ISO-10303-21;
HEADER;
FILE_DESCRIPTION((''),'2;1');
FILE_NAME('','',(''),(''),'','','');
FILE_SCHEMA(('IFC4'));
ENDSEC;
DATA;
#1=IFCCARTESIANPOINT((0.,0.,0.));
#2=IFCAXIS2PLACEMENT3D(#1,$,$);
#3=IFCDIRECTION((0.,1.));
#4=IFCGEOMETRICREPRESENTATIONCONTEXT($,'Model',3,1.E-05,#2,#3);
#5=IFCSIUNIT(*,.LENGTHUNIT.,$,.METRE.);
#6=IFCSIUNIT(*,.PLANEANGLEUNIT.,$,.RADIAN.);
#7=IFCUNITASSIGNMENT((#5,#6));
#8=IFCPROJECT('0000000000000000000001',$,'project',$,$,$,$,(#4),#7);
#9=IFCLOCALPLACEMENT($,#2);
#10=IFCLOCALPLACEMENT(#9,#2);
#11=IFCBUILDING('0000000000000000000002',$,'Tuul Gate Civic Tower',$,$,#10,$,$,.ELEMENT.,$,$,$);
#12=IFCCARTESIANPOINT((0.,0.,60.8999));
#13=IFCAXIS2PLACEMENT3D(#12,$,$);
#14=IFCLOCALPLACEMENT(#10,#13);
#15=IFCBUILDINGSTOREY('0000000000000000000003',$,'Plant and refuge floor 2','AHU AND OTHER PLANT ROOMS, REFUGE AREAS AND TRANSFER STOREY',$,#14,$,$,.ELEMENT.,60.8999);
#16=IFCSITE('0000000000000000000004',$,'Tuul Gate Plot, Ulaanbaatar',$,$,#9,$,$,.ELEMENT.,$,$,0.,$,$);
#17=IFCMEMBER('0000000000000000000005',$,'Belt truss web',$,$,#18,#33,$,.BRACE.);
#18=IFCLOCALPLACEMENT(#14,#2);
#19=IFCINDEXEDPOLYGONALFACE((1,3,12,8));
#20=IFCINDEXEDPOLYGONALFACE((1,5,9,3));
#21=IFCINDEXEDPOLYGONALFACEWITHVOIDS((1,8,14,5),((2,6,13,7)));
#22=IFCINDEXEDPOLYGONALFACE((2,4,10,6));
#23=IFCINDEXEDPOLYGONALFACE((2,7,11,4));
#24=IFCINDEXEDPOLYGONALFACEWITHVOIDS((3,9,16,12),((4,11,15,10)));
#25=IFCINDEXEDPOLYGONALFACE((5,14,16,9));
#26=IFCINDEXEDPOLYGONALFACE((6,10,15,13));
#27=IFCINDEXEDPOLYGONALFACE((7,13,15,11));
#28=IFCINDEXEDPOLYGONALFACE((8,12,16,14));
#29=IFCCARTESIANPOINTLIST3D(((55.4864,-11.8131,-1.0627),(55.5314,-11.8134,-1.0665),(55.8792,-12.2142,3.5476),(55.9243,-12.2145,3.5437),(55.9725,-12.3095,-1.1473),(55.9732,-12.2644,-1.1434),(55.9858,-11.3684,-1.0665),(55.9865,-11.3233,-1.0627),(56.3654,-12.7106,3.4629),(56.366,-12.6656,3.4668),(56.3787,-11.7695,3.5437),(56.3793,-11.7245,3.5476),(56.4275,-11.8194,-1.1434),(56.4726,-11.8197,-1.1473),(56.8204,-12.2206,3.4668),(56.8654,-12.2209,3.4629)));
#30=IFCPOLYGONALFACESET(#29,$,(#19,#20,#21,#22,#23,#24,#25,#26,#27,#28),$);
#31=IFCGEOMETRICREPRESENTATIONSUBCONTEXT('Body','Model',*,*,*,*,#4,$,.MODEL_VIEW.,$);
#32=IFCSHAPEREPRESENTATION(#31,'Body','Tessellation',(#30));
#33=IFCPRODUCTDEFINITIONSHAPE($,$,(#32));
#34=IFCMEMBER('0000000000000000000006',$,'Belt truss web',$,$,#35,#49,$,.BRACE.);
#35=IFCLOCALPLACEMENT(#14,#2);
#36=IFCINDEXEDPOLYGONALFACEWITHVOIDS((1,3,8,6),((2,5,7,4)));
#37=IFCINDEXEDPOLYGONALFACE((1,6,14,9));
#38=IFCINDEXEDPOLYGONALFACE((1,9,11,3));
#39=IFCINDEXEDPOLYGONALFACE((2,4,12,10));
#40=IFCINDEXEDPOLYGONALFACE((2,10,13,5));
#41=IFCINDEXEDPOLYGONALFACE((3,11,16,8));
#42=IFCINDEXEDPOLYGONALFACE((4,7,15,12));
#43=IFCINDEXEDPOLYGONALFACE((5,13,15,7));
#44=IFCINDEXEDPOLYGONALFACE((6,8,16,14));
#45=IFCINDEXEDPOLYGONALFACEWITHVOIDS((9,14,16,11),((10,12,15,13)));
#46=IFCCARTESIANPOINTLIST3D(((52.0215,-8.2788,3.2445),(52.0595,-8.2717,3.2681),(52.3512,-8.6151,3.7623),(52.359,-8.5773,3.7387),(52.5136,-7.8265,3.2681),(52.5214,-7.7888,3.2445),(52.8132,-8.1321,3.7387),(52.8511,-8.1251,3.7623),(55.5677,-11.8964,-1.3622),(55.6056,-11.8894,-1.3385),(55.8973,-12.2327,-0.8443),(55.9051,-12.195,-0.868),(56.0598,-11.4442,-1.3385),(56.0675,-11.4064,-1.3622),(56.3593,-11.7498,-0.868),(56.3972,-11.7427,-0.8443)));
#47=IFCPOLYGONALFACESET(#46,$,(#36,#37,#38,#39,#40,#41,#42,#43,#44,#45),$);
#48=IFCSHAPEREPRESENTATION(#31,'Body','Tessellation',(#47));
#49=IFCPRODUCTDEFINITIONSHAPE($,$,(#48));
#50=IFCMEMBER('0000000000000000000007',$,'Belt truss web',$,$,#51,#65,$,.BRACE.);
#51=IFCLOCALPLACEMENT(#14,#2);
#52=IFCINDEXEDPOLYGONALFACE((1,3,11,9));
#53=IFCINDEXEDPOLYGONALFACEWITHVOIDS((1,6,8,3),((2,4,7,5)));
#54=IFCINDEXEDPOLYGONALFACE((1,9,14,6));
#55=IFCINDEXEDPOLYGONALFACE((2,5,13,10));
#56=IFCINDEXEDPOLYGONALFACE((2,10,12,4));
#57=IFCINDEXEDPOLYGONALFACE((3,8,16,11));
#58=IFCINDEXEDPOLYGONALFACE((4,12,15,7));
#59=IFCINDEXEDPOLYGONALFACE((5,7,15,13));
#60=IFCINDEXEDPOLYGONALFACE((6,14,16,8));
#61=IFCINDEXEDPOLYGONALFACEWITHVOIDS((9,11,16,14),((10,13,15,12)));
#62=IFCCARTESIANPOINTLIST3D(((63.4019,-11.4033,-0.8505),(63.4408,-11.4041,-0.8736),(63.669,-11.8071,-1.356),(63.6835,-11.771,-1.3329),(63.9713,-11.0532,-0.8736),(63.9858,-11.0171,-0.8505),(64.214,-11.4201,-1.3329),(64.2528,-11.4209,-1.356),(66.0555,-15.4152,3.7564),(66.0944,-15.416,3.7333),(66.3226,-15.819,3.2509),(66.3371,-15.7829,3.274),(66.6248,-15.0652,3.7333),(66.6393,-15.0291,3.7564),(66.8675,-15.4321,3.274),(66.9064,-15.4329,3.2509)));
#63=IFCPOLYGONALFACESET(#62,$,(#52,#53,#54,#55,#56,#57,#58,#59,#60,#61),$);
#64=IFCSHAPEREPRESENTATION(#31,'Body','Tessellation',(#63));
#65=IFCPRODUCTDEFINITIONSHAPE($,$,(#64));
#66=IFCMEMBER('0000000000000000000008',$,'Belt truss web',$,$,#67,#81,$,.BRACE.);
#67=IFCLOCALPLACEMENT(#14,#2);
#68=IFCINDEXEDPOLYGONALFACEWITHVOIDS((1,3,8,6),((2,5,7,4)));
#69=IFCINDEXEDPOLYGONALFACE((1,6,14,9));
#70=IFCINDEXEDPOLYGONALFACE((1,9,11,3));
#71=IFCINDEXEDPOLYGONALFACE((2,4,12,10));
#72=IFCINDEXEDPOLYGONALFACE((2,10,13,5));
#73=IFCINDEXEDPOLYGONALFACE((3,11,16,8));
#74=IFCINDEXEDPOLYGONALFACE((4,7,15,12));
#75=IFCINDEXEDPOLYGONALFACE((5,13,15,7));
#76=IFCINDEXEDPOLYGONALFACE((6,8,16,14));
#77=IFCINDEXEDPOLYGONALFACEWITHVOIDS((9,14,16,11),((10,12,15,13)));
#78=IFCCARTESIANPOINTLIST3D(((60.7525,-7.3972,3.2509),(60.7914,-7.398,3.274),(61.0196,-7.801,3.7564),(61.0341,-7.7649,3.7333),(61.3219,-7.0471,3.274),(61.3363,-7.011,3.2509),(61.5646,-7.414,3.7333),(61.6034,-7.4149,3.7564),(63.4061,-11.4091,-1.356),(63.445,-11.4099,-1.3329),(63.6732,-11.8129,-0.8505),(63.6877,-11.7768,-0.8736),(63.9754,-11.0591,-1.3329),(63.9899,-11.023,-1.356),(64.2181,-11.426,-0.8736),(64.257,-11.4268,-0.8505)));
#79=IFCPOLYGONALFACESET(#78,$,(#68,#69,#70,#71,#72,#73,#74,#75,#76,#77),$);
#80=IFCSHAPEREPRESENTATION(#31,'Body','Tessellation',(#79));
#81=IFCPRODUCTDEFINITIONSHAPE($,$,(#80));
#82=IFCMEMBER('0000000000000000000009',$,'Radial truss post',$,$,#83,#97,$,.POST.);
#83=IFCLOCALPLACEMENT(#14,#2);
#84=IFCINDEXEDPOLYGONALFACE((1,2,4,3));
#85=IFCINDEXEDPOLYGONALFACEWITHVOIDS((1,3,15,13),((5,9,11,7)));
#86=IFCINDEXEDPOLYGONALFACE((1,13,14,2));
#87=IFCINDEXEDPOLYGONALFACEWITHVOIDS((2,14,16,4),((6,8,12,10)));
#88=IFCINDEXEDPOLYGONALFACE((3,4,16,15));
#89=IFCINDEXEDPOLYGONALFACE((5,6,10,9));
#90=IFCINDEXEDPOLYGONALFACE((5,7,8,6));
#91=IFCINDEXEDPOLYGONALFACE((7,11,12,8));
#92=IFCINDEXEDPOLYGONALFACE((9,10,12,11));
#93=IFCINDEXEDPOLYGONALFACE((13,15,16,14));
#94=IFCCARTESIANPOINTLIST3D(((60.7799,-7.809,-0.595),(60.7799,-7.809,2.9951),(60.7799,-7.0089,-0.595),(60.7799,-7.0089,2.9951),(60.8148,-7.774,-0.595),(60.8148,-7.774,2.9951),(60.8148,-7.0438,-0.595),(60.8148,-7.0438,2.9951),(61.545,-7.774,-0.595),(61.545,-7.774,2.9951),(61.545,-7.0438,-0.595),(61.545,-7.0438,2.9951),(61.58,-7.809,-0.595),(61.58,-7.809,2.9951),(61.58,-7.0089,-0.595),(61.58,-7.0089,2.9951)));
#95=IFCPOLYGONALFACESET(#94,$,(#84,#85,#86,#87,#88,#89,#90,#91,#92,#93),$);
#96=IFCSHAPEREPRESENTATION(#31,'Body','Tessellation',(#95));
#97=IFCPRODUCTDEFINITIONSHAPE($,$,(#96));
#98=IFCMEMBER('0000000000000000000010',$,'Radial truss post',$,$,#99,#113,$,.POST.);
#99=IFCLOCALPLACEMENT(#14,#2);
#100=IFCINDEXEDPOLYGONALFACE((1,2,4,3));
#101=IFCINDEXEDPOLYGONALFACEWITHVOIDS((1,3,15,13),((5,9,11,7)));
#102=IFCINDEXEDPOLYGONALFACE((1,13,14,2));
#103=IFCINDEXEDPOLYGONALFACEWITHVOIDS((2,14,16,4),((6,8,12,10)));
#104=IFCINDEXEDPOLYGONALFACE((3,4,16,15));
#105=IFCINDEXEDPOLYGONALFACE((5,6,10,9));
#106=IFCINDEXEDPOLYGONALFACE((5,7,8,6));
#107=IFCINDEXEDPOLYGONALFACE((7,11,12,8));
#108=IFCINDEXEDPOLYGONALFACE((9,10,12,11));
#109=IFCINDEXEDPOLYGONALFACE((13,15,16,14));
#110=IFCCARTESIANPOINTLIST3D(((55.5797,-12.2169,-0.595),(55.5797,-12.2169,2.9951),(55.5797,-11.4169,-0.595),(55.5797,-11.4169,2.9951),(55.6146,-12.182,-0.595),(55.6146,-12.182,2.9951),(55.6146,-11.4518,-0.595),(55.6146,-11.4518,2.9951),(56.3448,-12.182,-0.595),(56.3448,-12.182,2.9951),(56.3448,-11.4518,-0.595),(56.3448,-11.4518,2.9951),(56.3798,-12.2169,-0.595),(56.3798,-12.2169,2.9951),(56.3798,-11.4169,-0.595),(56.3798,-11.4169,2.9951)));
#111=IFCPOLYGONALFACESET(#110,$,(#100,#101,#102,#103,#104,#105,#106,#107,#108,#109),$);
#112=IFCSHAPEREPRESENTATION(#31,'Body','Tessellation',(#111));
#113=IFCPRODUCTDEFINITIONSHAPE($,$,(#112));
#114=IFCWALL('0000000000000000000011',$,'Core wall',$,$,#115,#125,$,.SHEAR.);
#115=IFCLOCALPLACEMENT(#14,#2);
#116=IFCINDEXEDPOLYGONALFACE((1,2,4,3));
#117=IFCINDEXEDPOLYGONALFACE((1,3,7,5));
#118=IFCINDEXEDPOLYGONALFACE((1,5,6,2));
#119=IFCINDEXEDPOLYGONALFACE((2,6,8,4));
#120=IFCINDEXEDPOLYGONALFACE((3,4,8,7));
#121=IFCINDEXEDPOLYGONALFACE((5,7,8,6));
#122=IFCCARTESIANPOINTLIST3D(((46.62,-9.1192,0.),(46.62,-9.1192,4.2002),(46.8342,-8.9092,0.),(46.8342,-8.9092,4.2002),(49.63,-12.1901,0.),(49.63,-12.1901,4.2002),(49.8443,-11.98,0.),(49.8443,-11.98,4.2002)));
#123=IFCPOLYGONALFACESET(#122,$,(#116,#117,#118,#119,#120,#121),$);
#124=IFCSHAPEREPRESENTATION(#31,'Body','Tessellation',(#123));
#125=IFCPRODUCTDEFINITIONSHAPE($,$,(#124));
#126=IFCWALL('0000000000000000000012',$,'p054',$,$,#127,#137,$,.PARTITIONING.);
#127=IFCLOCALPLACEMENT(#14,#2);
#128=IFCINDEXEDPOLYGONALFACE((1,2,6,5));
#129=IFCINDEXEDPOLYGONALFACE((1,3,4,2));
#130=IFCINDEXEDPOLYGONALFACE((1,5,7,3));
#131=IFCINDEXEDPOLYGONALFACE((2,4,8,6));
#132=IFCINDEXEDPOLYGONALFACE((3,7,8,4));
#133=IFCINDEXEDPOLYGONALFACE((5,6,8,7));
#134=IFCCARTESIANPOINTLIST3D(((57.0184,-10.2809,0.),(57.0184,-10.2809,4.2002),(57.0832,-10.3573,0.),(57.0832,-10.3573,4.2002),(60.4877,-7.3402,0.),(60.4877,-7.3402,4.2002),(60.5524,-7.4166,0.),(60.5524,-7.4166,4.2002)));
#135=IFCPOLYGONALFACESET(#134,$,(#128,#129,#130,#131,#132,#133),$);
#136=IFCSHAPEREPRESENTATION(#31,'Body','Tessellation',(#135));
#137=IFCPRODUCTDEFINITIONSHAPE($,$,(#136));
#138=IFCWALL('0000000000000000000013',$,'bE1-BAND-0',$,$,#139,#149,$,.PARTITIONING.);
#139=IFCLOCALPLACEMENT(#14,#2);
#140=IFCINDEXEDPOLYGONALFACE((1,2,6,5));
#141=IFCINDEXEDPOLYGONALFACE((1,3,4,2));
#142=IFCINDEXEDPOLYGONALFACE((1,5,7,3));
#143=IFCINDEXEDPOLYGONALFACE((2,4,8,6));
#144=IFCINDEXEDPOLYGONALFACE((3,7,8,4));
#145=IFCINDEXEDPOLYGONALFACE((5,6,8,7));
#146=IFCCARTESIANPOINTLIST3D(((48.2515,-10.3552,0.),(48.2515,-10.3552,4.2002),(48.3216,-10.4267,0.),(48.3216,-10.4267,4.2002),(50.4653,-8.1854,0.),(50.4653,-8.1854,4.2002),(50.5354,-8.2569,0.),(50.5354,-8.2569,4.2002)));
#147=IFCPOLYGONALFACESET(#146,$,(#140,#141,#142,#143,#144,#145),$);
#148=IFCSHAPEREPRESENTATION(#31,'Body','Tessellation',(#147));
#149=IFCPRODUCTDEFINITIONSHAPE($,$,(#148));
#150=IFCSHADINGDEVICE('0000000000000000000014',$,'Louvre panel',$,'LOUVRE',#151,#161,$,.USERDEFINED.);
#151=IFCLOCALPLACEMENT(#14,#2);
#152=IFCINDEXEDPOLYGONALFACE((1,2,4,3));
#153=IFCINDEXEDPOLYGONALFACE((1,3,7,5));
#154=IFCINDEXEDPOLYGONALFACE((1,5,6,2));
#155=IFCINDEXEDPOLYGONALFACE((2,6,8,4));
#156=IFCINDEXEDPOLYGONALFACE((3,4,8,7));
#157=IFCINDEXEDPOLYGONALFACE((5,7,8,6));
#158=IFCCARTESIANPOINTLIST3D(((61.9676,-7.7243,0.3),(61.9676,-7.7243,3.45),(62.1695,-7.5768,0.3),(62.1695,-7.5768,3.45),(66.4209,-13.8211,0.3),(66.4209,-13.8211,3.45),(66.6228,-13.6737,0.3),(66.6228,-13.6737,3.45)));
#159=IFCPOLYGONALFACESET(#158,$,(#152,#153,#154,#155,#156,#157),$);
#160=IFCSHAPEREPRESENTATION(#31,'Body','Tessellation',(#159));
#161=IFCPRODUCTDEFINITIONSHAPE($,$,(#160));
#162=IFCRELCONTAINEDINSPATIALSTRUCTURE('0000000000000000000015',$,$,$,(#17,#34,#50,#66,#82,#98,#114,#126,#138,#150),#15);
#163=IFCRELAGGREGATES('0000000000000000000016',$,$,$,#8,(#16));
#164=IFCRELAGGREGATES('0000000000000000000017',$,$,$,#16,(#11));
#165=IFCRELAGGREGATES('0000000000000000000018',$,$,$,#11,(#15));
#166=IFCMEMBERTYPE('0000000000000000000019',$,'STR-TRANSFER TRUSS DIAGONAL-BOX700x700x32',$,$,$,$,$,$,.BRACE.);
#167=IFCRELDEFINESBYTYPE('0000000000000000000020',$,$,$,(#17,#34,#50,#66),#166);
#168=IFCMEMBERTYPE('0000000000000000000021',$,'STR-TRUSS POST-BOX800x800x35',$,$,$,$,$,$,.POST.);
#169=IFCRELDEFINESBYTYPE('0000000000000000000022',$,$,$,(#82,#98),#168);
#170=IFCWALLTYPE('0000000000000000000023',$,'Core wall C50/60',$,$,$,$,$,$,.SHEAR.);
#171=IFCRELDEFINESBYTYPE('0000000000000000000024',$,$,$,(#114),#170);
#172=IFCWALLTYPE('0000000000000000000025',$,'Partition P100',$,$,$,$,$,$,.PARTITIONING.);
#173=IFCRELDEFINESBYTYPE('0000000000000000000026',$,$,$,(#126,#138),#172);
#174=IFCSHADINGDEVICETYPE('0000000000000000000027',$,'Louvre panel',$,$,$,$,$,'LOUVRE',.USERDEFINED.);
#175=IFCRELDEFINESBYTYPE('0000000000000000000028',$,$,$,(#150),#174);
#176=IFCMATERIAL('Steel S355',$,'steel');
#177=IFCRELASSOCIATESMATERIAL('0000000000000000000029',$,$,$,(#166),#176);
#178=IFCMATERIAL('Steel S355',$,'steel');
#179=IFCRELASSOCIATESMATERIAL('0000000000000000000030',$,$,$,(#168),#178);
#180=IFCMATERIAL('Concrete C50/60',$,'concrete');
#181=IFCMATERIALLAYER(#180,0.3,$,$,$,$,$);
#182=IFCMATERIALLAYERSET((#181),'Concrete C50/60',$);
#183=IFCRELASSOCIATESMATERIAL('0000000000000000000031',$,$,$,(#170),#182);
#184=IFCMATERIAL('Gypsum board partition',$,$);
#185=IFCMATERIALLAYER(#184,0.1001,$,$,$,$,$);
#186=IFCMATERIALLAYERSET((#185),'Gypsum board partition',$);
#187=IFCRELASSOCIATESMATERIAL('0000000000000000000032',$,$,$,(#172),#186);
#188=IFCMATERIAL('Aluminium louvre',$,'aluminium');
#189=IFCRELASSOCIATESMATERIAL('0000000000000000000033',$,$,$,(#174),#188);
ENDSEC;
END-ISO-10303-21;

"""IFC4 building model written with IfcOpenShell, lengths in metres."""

from ifc_helpers import new_model, si_unit, direction, frame, frame_2d, origin, origin_2d, place, context, subcontext, project, spatial, rectangle, hollow_rectangle, extrude, material, layer, layer_set, material_profile, profile_set, type_object, element, save


model = new_model("IFC4")

# Units and contexts
model_context = context("Model", 3, precision=1e-05, world=origin(), true_north=direction((0.0, 1.0)))
body_context = subcontext(model_context, "Body", "Model", "MODEL_VIEW")
ifc_project = project(units=[si_unit("LENGTHUNIT", "METRE"), si_unit("PLANEANGLEUNIT", "RADIAN")], contexts=[model_context])

# Site, building, storey
site_placement = place(None, origin())
site = spatial("IfcSite", under=ifc_project, at=site_placement, Name="Tuul Gate Plot, Ulaanbaatar", CompositionType="ELEMENT", RefElevation=0.0)
building_placement = place(site_placement, origin())
building = spatial("IfcBuilding", under=site, at=building_placement, Name="Tuul Gate Civic Tower", CompositionType="ELEMENT")
storey_placement = place(building_placement, frame((0.0, 0.0, 60.8999)))
storey = spatial("IfcBuildingStorey", under=building, at=storey_placement, Name="Plant and refuge floor 2", Description="AHU AND OTHER PLANT ROOMS, REFUGE AREAS AND TRANSFER STOREY", CompositionType="ELEMENT", Elevation=60.8999)

# Members
ifc_material_1 = material(Name="Steel S355", Category="steel")
ifc_material_profile_1 = material_profile(ifc_material_1, hollow_rectangle(XDim=0.7, YDim=0.7, WallThickness=0.032, at=origin_2d()), Name="BOX700x700x32")
ifc_profile_set_1 = profile_set([ifc_material_profile_1], Name="Steel S355")
member_type_1 = type_object("IfcMemberType", Name="STR-TRANSFER TRUSS DIAGONAL-BOX700x700x32", PredefinedType="BRACE", material=ifc_profile_set_1)
member_1_placement = place(storey_placement, frame((55.9795, -11.8164, -1.105), z_axis=(0.084584, -0.086371, 0.992666), x_axis=(0.714461, 0.699676, 0.0)))
element("IfcMember", 1, at=member_1_placement, inside=storey, type_object=member_type_1, Name="Belt truss web", PredefinedType="BRACE", context=body_context, shape_type="SweptSolid", body=[
    extrude(hollow_rectangle(XDim=0.7, YDim=0.7, WallThickness=0.032, at=origin_2d()), origin(), (0.0, 0.0, 1.0), 4.6443),
])
member_2_placement = place(storey_placement, frame((55.9824, -11.8196, -1.1033), z_axis=(-0.517896, 0.528343, 0.672783), x_axis=(-0.714132, -0.700011, 0.0)))
element("IfcMember", 2, at=member_2_placement, inside=storey, type_object=member_type_1, Name="Belt truss web", PredefinedType="BRACE", context=body_context, shape_type="SweptSolid", body=[
    extrude(hollow_rectangle(XDim=0.7, YDim=0.7, WallThickness=0.032, at=origin_2d()), origin(), (0.0, 0.0, 1.0), 6.8472),
])
for number, where, z_axis, x_axis, name in (
    (3, (63.8274, -11.4121, -1.1033), (0.398408, -0.60236, 0.691689), (0.834067, 0.551663, 0.0), "Belt truss web"),
    (4, (63.8315, -11.418, -1.1033), (-0.398408, 0.60236, 0.691689), (-0.834067, -0.551663, 0.0), "Belt truss web"),
):
    element("IfcMember", number, at=place(storey_placement, frame(where, z_axis=z_axis, x_axis=x_axis)), inside=storey, type_object=member_type_1, Name=name, PredefinedType="BRACE", context=body_context, shape_type="SweptSolid", body=[
        extrude(hollow_rectangle(XDim=0.7, YDim=0.7, WallThickness=0.032, at=origin_2d()), origin(), (0.0, 0.0, 1.0), 6.6604),
    ])
ifc_material_2 = material(Name="Steel S355", Category="steel")
ifc_material_profile_2 = material_profile(ifc_material_2, hollow_rectangle(XDim=0.8, YDim=0.8, WallThickness=0.0349, at=origin_2d()), Name="BOX800x800x35")
ifc_profile_set_2 = profile_set([ifc_material_profile_2], Name="Steel S355")
member_type_2 = type_object("IfcMemberType", Name="STR-TRUSS POST-BOX800x800x35", PredefinedType="POST", material=ifc_profile_set_2)
for number, where, z_axis, x_axis, name in (
    (5, (61.1799, -7.4089, -0.595), (0.0, 0.0, 1.0), (1.0, 0.0, 0.0), "Radial truss post"),
    (6, (55.9797, -11.8169, -0.595), (0.0, 0.0, 1.0), (1.0, 0.0, 0.0), "Radial truss post"),
):
    element("IfcMember", number, at=place(storey_placement, frame(where, z_axis=z_axis, x_axis=x_axis)), inside=storey, type_object=member_type_2, Name=name, PredefinedType="POST", context=body_context, shape_type="SweptSolid", body=[
        extrude(hollow_rectangle(XDim=0.8, YDim=0.8, WallThickness=0.0349, at=origin_2d()), origin(), (0.0, 0.0, 1.0), 3.5901),
    ])

# Walls
ifc_material_3 = material(Name="Concrete C50/60", Category="concrete")
ifc_layer_1 = layer(ifc_material_3, 0.3)
ifc_layer_set_1 = layer_set([ifc_layer_1], Name="Concrete C50/60")
wall_type_1 = type_object("IfcWallType", Name="Core wall C50/60", PredefinedType="SHEAR", material=ifc_layer_set_1)
wall_1_placement = place(storey_placement, frame((49.7371, -12.085, 0.0), z_axis=(0.0, 0.0, 1.0), x_axis=(-0.700003, 0.71414, 0.0)))
element("IfcWall", 7, at=wall_1_placement, inside=storey, type_object=wall_type_1, Name="Core wall", PredefinedType="SHEAR", context=body_context, shape_type="SweptSolid", body=[
    extrude(rectangle(XDim=4.3, YDim=0.3, at=frame_2d((2.1499, 0.0))), origin(), (0.0, 0.0, 1.0), 4.2002),
])
ifc_material_4 = material(Name="Gypsum board partition")
ifc_layer_2 = layer(ifc_material_4, 0.1001)
ifc_layer_set_2 = layer_set([ifc_layer_2], Name="Gypsum board partition")
wall_type_2 = type_object("IfcWallType", Name="Partition P100", PredefinedType="PARTITIONING", material=ifc_layer_set_2)
wall_2_placement = place(storey_placement, frame((60.52, -7.3784, 0.0), z_axis=(0.0, 0.0, 1.0), x_axis=(-0.762826, -0.646604, 0.0)))
element("IfcWall", 8, at=wall_2_placement, inside=storey, type_object=wall_type_2, Name="p054", PredefinedType="PARTITIONING", context=body_context, shape_type="SweptSolid", body=[
    extrude(rectangle(XDim=4.5479, YDim=0.1001, at=frame_2d((2.2739, 0.0))), origin(), (0.0, 0.0, 1.0), 4.2002),
])
wall_3_placement = place(storey_placement, frame((48.2866, -10.3909, 0.0), z_axis=(0.0, 0.0, 1.0), x_axis=(0.714159, 0.699983, 0.0)))
element("IfcWall", 9, at=wall_3_placement, inside=storey, type_object=wall_type_2, Name="bE1-BAND-0", PredefinedType="PARTITIONING", context=body_context, shape_type="SweptSolid", body=[
    extrude(rectangle(XDim=3.0999, YDim=0.1001, at=frame_2d((1.5498, 0.0))), origin(), (0.0, 0.0, 1.0), 4.2002),
])

# Shading device
ifc_material_5 = material(Name="Aluminium louvre", Category="aluminium")
shading_device_type = type_object("IfcShadingDeviceType", Name="Louvre panel", ElementType="LOUVRE", PredefinedType="USERDEFINED", material=ifc_material_5)
shading_device_placement = place(storey_placement, frame((64.2952, -10.699, 0.3), z_axis=(0.0, 0.0, 1.0), x_axis=(0.807523, 0.589836, 0.0)))
element("IfcShadingDevice", 10, at=shading_device_placement, inside=storey, type_object=shading_device_type, Name="Louvre panel", ObjectType="LOUVRE", PredefinedType="USERDEFINED", context=body_context, shape_type="SweptSolid", body=[
    extrude(rectangle(XDim=0.25, YDim=7.55, at=origin_2d()), origin(), (0.0, 0.0, 1.0), 3.1499),
])

save(model, "model.ifc")
